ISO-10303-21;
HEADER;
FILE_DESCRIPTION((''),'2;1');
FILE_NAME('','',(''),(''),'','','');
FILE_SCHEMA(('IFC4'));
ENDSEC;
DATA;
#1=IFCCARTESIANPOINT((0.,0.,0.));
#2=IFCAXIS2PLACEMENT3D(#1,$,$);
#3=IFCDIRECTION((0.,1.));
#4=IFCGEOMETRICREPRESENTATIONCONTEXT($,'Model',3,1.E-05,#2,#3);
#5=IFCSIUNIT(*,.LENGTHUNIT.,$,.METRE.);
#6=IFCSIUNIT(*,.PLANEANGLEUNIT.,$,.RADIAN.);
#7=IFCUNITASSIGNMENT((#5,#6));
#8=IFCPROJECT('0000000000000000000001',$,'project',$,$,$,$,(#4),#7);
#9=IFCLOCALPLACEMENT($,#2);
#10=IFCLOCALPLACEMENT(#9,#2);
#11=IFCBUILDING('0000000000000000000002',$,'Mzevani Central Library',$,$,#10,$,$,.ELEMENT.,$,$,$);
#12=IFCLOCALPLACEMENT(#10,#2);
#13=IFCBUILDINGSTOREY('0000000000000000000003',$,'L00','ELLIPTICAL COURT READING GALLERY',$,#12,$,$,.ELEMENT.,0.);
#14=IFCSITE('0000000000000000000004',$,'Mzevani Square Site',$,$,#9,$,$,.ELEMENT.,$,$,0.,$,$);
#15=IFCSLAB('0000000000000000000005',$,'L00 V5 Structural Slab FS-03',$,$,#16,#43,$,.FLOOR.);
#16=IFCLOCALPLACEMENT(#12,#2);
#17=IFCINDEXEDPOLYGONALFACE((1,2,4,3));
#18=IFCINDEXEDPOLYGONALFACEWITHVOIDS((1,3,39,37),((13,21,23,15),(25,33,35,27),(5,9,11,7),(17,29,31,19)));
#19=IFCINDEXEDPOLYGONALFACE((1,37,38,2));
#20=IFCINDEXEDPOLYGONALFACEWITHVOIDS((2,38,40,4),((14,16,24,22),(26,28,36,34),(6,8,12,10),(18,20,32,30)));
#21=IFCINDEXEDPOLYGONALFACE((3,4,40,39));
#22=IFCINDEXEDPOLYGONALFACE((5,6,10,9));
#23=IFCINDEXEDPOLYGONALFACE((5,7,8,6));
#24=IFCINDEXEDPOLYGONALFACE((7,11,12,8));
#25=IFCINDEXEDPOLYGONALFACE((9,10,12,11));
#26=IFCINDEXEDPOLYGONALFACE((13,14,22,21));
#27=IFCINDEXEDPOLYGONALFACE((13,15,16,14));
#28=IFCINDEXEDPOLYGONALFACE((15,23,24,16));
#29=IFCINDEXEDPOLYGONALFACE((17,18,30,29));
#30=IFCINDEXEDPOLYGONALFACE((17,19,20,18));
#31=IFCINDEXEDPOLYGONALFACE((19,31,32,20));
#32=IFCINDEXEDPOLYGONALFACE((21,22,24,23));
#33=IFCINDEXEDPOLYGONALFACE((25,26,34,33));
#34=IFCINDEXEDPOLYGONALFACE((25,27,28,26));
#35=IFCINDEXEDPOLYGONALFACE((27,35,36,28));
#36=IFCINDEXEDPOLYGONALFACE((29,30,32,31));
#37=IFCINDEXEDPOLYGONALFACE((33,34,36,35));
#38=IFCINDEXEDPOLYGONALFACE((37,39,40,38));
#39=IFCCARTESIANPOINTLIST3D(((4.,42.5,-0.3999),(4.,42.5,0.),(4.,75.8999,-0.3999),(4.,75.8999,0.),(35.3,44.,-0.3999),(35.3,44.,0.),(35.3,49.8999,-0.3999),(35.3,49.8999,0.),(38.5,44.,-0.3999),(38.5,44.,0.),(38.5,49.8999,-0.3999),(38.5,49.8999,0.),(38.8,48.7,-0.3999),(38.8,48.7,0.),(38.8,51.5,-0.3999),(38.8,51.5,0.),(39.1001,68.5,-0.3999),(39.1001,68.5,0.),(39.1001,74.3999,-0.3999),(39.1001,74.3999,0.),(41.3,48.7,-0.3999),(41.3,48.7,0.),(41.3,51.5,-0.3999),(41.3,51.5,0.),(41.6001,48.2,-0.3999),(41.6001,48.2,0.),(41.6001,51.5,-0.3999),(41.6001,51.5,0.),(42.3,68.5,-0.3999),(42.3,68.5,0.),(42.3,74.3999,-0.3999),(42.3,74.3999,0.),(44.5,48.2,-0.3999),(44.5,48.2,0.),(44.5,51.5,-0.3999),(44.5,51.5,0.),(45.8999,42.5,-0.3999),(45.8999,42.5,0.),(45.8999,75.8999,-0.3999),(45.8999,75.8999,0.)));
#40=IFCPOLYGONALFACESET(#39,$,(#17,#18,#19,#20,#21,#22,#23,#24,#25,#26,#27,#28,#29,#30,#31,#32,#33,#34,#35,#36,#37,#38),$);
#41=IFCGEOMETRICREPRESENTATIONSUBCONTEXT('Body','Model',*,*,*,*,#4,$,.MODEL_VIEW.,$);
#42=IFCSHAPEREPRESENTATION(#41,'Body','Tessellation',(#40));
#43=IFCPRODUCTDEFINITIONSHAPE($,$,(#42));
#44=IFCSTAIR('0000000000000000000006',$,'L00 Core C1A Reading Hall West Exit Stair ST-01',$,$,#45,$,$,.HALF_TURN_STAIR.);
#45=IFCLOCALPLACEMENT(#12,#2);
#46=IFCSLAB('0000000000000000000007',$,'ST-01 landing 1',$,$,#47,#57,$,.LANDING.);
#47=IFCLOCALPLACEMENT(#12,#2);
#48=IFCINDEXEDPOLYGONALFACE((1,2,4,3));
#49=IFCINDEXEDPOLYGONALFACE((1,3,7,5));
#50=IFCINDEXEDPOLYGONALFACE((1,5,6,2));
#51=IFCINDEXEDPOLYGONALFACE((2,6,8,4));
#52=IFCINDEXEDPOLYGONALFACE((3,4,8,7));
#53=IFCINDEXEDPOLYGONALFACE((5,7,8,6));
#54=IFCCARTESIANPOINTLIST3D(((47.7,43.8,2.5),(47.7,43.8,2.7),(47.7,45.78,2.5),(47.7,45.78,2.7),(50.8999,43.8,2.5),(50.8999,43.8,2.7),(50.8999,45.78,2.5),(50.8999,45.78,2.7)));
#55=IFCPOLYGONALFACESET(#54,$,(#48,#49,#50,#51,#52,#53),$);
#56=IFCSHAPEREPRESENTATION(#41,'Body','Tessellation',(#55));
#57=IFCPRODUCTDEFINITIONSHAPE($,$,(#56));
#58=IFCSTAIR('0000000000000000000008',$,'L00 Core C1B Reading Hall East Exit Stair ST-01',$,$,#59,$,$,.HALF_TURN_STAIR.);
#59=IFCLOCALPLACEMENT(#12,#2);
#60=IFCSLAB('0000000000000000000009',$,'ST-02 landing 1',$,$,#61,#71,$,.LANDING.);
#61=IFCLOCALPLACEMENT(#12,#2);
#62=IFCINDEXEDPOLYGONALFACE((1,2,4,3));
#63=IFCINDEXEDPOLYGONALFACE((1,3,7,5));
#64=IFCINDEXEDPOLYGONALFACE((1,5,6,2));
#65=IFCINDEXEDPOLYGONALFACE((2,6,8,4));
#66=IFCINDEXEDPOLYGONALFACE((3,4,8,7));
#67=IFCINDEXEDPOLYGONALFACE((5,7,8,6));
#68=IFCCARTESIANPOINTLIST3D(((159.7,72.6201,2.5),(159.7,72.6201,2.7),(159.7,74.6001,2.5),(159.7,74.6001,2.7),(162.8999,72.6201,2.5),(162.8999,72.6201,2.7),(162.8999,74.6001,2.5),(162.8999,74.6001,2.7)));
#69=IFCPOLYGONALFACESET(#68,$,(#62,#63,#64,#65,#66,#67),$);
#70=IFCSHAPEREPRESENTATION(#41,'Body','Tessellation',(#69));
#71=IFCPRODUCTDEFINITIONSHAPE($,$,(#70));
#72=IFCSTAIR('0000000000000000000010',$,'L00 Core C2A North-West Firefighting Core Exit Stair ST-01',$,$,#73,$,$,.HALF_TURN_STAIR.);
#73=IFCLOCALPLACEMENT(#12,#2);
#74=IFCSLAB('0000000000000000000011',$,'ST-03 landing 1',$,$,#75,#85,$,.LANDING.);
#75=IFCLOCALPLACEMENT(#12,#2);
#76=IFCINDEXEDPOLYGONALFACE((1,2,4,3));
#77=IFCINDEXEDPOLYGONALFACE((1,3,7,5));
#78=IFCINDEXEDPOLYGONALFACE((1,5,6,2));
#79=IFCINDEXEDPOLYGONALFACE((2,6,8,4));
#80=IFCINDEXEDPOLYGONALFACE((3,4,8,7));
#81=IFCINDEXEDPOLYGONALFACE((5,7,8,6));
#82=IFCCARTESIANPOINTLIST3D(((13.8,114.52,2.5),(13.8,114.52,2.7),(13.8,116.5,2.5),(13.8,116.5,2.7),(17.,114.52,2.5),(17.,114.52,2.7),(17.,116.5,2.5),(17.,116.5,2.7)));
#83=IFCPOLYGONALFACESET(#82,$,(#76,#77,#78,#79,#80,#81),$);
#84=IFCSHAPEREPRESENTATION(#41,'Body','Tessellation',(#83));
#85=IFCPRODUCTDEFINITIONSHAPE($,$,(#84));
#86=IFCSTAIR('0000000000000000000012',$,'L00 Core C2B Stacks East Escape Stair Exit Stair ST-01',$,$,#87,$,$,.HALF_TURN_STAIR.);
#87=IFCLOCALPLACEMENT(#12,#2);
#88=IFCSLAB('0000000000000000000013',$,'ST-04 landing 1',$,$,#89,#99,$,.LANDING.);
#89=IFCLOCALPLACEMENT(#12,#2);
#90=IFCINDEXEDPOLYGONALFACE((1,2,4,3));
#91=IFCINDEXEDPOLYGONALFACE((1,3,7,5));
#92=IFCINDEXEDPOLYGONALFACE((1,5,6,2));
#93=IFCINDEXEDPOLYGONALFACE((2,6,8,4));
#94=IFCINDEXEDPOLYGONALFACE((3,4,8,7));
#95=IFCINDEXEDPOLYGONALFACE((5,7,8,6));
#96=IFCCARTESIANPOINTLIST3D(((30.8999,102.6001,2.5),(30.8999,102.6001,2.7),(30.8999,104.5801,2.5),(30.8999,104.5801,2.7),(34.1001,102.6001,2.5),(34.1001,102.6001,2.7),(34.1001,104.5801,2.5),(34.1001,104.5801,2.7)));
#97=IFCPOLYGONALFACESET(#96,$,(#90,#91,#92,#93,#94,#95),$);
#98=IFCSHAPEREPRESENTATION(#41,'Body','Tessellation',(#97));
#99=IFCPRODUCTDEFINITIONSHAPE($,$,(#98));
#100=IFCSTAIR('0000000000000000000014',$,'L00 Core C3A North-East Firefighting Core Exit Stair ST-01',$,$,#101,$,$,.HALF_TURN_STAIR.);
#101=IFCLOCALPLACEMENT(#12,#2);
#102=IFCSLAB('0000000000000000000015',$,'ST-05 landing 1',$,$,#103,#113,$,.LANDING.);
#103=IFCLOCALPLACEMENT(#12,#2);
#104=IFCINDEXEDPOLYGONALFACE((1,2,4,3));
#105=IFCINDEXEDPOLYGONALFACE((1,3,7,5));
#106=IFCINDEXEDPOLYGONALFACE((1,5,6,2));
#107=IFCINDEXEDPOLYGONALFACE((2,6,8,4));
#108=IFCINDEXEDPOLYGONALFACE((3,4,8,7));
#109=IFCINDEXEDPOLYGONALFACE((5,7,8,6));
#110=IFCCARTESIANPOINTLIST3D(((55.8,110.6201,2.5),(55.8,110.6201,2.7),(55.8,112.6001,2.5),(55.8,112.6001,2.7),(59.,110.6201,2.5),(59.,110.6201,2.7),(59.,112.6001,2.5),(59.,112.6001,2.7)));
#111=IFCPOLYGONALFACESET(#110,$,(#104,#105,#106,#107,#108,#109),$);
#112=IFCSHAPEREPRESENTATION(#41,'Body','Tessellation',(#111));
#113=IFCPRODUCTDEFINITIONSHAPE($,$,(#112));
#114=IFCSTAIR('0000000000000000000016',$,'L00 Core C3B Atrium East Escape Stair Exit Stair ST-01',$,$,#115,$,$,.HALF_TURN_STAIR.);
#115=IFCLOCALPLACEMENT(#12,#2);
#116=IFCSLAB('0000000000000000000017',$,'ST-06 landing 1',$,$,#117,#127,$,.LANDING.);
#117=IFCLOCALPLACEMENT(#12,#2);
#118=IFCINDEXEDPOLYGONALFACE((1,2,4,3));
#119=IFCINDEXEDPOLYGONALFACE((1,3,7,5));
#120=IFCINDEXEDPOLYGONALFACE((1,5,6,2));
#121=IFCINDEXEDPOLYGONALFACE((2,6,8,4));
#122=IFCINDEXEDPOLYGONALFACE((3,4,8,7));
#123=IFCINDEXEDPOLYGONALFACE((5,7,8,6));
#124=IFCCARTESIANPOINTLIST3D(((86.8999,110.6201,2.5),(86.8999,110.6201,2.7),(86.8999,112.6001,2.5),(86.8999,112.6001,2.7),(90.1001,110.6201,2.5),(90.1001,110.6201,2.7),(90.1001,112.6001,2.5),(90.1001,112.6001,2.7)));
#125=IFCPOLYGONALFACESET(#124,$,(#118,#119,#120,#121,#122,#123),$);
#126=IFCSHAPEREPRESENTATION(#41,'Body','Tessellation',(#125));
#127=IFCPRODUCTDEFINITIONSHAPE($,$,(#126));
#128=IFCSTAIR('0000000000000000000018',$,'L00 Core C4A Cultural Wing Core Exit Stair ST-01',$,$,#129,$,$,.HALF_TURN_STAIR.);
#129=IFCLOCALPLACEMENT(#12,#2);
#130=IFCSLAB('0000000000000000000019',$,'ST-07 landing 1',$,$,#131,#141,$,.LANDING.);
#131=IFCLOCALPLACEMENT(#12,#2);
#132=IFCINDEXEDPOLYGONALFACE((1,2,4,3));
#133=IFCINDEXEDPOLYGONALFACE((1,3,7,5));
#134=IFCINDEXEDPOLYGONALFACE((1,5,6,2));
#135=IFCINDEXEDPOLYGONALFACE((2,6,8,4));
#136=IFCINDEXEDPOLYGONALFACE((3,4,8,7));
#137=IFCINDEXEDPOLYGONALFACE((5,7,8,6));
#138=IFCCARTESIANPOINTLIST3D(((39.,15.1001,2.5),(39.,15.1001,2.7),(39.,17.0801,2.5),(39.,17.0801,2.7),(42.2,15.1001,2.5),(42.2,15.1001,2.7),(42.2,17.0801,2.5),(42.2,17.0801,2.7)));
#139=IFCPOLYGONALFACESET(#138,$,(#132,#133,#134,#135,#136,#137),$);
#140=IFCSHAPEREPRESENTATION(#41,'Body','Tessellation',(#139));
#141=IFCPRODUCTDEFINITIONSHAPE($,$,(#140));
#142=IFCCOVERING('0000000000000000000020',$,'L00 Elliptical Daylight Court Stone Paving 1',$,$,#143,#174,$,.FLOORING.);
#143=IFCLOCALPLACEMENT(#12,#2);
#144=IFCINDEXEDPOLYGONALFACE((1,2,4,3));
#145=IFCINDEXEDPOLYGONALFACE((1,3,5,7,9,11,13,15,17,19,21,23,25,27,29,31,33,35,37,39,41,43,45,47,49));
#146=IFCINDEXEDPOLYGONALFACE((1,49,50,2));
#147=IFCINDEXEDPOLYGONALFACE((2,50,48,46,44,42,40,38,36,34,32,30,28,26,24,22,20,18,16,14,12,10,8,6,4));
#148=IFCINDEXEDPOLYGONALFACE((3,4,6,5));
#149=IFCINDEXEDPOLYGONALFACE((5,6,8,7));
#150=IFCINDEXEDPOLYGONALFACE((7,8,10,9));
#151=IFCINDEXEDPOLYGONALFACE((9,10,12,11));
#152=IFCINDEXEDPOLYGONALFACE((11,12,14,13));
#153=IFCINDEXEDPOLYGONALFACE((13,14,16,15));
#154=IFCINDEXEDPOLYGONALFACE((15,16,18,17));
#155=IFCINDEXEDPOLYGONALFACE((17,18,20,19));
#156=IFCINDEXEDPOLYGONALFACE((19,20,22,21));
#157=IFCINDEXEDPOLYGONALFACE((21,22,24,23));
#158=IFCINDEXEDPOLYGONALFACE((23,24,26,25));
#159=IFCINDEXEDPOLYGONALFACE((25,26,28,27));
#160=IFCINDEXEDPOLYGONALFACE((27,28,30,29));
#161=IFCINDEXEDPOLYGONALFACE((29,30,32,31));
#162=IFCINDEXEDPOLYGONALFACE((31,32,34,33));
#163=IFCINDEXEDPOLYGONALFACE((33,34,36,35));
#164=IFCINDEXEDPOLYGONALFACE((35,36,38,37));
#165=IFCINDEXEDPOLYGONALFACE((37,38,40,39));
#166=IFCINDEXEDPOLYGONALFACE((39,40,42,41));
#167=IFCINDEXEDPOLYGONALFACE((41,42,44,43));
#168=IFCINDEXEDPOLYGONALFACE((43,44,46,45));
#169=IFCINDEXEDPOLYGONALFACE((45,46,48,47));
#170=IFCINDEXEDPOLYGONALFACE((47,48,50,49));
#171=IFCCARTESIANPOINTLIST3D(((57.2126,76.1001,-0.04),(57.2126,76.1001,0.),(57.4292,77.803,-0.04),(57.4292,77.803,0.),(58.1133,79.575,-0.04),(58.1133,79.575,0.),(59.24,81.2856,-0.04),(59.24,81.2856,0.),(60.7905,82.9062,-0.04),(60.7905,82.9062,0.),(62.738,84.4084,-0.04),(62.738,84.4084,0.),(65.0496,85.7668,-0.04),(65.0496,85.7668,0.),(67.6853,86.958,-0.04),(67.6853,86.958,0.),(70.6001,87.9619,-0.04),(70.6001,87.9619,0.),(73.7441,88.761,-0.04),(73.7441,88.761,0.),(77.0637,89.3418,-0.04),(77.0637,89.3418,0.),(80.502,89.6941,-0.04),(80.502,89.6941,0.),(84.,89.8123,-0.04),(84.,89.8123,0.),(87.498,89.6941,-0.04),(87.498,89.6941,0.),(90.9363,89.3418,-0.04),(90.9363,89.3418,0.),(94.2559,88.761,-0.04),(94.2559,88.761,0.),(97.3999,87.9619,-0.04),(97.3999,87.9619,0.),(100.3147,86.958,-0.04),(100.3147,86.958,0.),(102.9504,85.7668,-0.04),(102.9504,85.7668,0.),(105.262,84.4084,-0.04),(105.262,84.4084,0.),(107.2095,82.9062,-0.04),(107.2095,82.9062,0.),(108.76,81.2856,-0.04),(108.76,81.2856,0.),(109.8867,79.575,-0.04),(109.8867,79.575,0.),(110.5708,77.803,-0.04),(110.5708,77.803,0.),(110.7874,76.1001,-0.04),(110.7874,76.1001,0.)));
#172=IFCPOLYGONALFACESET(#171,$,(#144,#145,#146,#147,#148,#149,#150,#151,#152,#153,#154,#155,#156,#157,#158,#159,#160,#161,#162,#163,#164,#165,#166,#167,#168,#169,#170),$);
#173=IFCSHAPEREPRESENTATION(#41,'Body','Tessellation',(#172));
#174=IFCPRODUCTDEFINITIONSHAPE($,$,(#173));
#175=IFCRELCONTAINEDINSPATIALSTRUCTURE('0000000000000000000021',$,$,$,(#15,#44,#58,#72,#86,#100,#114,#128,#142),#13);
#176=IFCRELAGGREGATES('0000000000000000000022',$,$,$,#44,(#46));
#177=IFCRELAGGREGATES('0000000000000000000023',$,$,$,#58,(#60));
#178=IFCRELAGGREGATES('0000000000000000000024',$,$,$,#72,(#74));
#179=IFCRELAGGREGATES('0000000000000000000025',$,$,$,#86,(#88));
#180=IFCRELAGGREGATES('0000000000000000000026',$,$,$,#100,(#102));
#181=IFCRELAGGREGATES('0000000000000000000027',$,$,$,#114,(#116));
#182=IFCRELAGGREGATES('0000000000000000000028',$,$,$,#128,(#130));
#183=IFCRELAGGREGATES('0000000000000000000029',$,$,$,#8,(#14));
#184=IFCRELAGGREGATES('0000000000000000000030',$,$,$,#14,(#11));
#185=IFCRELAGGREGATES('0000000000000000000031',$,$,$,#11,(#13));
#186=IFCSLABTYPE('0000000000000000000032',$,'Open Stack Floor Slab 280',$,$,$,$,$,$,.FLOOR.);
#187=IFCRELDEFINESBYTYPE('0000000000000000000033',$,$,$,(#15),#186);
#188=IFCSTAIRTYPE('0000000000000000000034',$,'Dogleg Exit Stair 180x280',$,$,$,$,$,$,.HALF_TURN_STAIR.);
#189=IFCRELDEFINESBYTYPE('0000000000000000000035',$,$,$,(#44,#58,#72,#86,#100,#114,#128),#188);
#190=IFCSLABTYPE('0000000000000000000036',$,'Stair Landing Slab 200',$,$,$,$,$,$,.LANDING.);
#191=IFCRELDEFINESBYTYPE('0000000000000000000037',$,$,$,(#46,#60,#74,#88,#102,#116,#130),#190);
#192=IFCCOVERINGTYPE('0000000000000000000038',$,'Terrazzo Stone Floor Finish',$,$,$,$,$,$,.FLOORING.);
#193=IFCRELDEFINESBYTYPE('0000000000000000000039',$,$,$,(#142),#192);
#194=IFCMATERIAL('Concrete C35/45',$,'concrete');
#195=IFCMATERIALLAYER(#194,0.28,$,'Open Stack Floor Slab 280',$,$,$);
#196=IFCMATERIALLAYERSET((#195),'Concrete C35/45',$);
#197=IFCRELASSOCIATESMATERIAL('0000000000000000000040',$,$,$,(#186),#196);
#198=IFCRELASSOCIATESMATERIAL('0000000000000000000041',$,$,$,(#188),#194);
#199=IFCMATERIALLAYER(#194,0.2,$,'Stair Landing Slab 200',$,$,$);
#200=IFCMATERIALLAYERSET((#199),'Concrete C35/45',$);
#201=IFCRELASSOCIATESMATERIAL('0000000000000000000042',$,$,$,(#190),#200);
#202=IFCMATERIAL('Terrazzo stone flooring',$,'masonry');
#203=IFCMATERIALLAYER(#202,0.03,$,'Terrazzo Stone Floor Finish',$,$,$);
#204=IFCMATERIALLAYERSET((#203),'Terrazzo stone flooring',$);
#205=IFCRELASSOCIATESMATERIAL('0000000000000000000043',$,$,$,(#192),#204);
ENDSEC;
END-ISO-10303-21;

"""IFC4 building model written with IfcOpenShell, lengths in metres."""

from ifc_helpers import new_model, si_unit, direction, frame, origin, place, context, subcontext, project, spatial, polyline, outline, extrude, material, layer, layer_set, type_object, element, aggregate, save


model = new_model("IFC4")

# Units and contexts
model_context = context("Model", 3, precision=1e-05, world=origin(), true_north=direction((0.0, 1.0)))
body_context = subcontext(model_context, "Body", "Model", "MODEL_VIEW")
ifc_project = project(units=[si_unit("LENGTHUNIT", "METRE"), si_unit("PLANEANGLEUNIT", "RADIAN")], contexts=[model_context])

# Site, building, storey
site_placement = place(None, origin())
site = spatial("IfcSite", under=ifc_project, at=site_placement, Name="Mzevani Square Site", CompositionType="ELEMENT", RefElevation=0.0)
building_placement = place(site_placement, origin())
building = spatial("IfcBuilding", under=site, at=building_placement, Name="Mzevani Central Library", CompositionType="ELEMENT")
storey_placement = place(building_placement, origin())
storey = spatial("IfcBuildingStorey", under=building, at=storey_placement, Name="L00", Description="ELLIPTICAL COURT READING GALLERY", CompositionType="ELEMENT", Elevation=0.0)

# Slab
ifc_material_1 = material(Name="Concrete C35/45", Category="concrete")
ifc_layer_1 = layer(ifc_material_1, 0.28, Name="Open Stack Floor Slab 280")
ifc_layer_set_1 = layer_set([ifc_layer_1], Name="Concrete C35/45")
slab_type_1 = type_object("IfcSlabType", Name="Open Stack Floor Slab 280", PredefinedType="FLOOR", material=ifc_layer_set_1)
slab_1_placement = place(storey_placement, frame((0.0, 0.0, -0.3999)))
element("IfcSlab", 1, at=slab_1_placement, inside=storey, type_object=slab_type_1, Name="L00 V5 Structural Slab FS-03", PredefinedType="FLOOR", context=body_context, shape_type="SweptSolid", body=[
    extrude(outline(polyline([(45.8999, 42.5), (4.0, 42.5), (4.0, 75.8999), (45.8999, 75.8999), (45.8999, 42.5)]), holes=[polyline([(35.3, 49.8999), (35.3, 44.0), (38.5, 44.0), (38.5, 49.8999), (35.3, 49.8999)]), polyline([(38.8, 48.7), (41.3, 48.7), (41.3, 51.5), (38.8, 51.5), (38.8, 48.7)]), polyline([(41.6001, 48.2), (44.5, 48.2), (44.5, 51.5), (41.6001, 51.5), (41.6001, 48.2)]), polyline([(42.3, 68.5), (42.3, 74.3999), (39.1001, 74.3999), (39.1001, 68.5), (42.3, 68.5)])]), origin(), (0.0, 0.0, 1.0), 0.3999),
])

# Stairs, slabs
stair_type = type_object("IfcStairType", Name="Dogleg Exit Stair 180x280", PredefinedType="HALF_TURN_STAIR", material=ifc_material_1)
stair_1_placement = place(storey_placement, origin())
stair_1 = element("IfcStair", 2, at=stair_1_placement, inside=storey, type_object=stair_type, Name="L00 Core C1A Reading Hall West Exit Stair ST-01", PredefinedType="HALF_TURN_STAIR")
ifc_layer_2 = layer(ifc_material_1, 0.2, Name="Stair Landing Slab 200")
ifc_layer_set_2 = layer_set([ifc_layer_2], Name="Concrete C35/45")
slab_type_2 = type_object("IfcSlabType", Name="Stair Landing Slab 200", PredefinedType="LANDING", material=ifc_layer_set_2)
slab_2_placement = place(storey_placement, frame((0.0, 0.0, 2.5)))
slab_2 = element("IfcSlab", 3, at=slab_2_placement, type_object=slab_type_2, Name="ST-01 landing 1", PredefinedType="LANDING", context=body_context, shape_type="SweptSolid", body=[
    extrude(outline(polyline([(47.7, 45.78), (47.7, 43.8), (50.8999, 43.8), (50.8999, 45.78), (47.7, 45.78)])), origin(), (0.0, 0.0, 1.0), 0.2),
])
aggregate(stair_1, [slab_2])
stair_2_placement = place(storey_placement, origin())
stair_2 = element("IfcStair", 4, at=stair_2_placement, inside=storey, type_object=stair_type, Name="L00 Core C1B Reading Hall East Exit Stair ST-01", PredefinedType="HALF_TURN_STAIR")
slab_3_placement = place(storey_placement, frame((0.0, 0.0, 2.5)))
slab_3 = element("IfcSlab", 5, at=slab_3_placement, type_object=slab_type_2, Name="ST-02 landing 1", PredefinedType="LANDING", context=body_context, shape_type="SweptSolid", body=[
    extrude(outline(polyline([(162.8999, 72.6201), (162.8999, 74.6001), (159.7, 74.6001), (159.7, 72.6201), (162.8999, 72.6201)])), origin(), (0.0, 0.0, 1.0), 0.2),
])
aggregate(stair_2, [slab_3])
stair_3_placement = place(storey_placement, origin())
stair_3 = element("IfcStair", 6, at=stair_3_placement, inside=storey, type_object=stair_type, Name="L00 Core C2A North-West Firefighting Core Exit Stair ST-01", PredefinedType="HALF_TURN_STAIR")
slab_4_placement = place(storey_placement, frame((0.0, 0.0, 2.5)))
slab_4 = element("IfcSlab", 7, at=slab_4_placement, type_object=slab_type_2, Name="ST-03 landing 1", PredefinedType="LANDING", context=body_context, shape_type="SweptSolid", body=[
    extrude(outline(polyline([(17.0, 114.52), (17.0, 116.5), (13.8, 116.5), (13.8, 114.52), (17.0, 114.52)])), origin(), (0.0, 0.0, 1.0), 0.2),
])
aggregate(stair_3, [slab_4])
stair_4_placement = place(storey_placement, origin())
stair_4 = element("IfcStair", 8, at=stair_4_placement, inside=storey, type_object=stair_type, Name="L00 Core C2B Stacks East Escape Stair Exit Stair ST-01", PredefinedType="HALF_TURN_STAIR")
slab_5_placement = place(storey_placement, frame((0.0, 0.0, 2.5)))
slab_5 = element("IfcSlab", 9, at=slab_5_placement, type_object=slab_type_2, Name="ST-04 landing 1", PredefinedType="LANDING", context=body_context, shape_type="SweptSolid", body=[
    extrude(outline(polyline([(30.8999, 104.5801), (30.8999, 102.6001), (34.1001, 102.6001), (34.1001, 104.5801), (30.8999, 104.5801)])), origin(), (0.0, 0.0, 1.0), 0.2),
])
aggregate(stair_4, [slab_5])
stair_5_placement = place(storey_placement, origin())
stair_5 = element("IfcStair", 10, at=stair_5_placement, inside=storey, type_object=stair_type, Name="L00 Core C3A North-East Firefighting Core Exit Stair ST-01", PredefinedType="HALF_TURN_STAIR")
slab_6_placement = place(storey_placement, frame((0.0, 0.0, 2.5)))
slab_6 = element("IfcSlab", 11, at=slab_6_placement, type_object=slab_type_2, Name="ST-05 landing 1", PredefinedType="LANDING", context=body_context, shape_type="SweptSolid", body=[
    extrude(outline(polyline([(59.0, 110.6201), (59.0, 112.6001), (55.8, 112.6001), (55.8, 110.6201), (59.0, 110.6201)])), origin(), (0.0, 0.0, 1.0), 0.2),
])
aggregate(stair_5, [slab_6])
stair_6_placement = place(storey_placement, origin())
stair_6 = element("IfcStair", 12, at=stair_6_placement, inside=storey, type_object=stair_type, Name="L00 Core C3B Atrium East Escape Stair Exit Stair ST-01", PredefinedType="HALF_TURN_STAIR")
slab_7_placement = place(storey_placement, frame((0.0, 0.0, 2.5)))
slab_7 = element("IfcSlab", 13, at=slab_7_placement, type_object=slab_type_2, Name="ST-06 landing 1", PredefinedType="LANDING", context=body_context, shape_type="SweptSolid", body=[
    extrude(outline(polyline([(90.1001, 110.6201), (90.1001, 112.6001), (86.8999, 112.6001), (86.8999, 110.6201), (90.1001, 110.6201)])), origin(), (0.0, 0.0, 1.0), 0.2),
])
aggregate(stair_6, [slab_7])
stair_7_placement = place(storey_placement, origin())
stair_7 = element("IfcStair", 14, at=stair_7_placement, inside=storey, type_object=stair_type, Name="L00 Core C4A Cultural Wing Core Exit Stair ST-01", PredefinedType="HALF_TURN_STAIR")
slab_8_placement = place(storey_placement, frame((0.0, 0.0, 2.5)))
slab_8 = element("IfcSlab", 15, at=slab_8_placement, type_object=slab_type_2, Name="ST-07 landing 1", PredefinedType="LANDING", context=body_context, shape_type="SweptSolid", body=[
    extrude(outline(polyline([(39.0, 17.0801), (39.0, 15.1001), (42.2, 15.1001), (42.2, 17.0801), (39.0, 17.0801)])), origin(), (0.0, 0.0, 1.0), 0.2),
])
aggregate(stair_7, [slab_8])

# Covering
ifc_material_2 = material(Name="Terrazzo stone flooring", Category="masonry")
ifc_layer_3 = layer(ifc_material_2, 0.03, Name="Terrazzo Stone Floor Finish")
ifc_layer_set_3 = layer_set([ifc_layer_3], Name="Terrazzo stone flooring")
covering_type = type_object("IfcCoveringType", Name="Terrazzo Stone Floor Finish", PredefinedType="FLOORING", material=ifc_layer_set_3)
covering_1_placement = place(storey_placement, frame((0.0, 0.0, -0.04)))
element("IfcCovering", 16, at=covering_1_placement, inside=storey, type_object=covering_type, Name="L00 Elliptical Daylight Court Stone Paving 1", PredefinedType="FLOORING", context=body_context, shape_type="SweptSolid", body=[
    extrude(outline(polyline([(57.4292, 77.803), (58.1133, 79.575), (59.24, 81.2856), (60.7905, 82.9062), (62.738, 84.4084), (65.0496, 85.7668), (67.6853, 86.958), (70.6001, 87.9619), (73.7441, 88.761), (77.0637, 89.3418), (80.502, 89.6941), (84.0, 89.8123), (87.498, 89.6941), (90.9363, 89.3418), (94.2559, 88.761), (97.3999, 87.9619), (100.3147, 86.958), (102.9504, 85.7668), (105.262, 84.4084), (107.2095, 82.9062), (108.76, 81.2856), (109.8867, 79.575), (110.5708, 77.803), (110.7874, 76.1001), (57.2126, 76.1001), (57.4292, 77.803)])), origin(), (0.0, 0.0, 1.0), 0.04),
])

save(model, "model.ifc")
